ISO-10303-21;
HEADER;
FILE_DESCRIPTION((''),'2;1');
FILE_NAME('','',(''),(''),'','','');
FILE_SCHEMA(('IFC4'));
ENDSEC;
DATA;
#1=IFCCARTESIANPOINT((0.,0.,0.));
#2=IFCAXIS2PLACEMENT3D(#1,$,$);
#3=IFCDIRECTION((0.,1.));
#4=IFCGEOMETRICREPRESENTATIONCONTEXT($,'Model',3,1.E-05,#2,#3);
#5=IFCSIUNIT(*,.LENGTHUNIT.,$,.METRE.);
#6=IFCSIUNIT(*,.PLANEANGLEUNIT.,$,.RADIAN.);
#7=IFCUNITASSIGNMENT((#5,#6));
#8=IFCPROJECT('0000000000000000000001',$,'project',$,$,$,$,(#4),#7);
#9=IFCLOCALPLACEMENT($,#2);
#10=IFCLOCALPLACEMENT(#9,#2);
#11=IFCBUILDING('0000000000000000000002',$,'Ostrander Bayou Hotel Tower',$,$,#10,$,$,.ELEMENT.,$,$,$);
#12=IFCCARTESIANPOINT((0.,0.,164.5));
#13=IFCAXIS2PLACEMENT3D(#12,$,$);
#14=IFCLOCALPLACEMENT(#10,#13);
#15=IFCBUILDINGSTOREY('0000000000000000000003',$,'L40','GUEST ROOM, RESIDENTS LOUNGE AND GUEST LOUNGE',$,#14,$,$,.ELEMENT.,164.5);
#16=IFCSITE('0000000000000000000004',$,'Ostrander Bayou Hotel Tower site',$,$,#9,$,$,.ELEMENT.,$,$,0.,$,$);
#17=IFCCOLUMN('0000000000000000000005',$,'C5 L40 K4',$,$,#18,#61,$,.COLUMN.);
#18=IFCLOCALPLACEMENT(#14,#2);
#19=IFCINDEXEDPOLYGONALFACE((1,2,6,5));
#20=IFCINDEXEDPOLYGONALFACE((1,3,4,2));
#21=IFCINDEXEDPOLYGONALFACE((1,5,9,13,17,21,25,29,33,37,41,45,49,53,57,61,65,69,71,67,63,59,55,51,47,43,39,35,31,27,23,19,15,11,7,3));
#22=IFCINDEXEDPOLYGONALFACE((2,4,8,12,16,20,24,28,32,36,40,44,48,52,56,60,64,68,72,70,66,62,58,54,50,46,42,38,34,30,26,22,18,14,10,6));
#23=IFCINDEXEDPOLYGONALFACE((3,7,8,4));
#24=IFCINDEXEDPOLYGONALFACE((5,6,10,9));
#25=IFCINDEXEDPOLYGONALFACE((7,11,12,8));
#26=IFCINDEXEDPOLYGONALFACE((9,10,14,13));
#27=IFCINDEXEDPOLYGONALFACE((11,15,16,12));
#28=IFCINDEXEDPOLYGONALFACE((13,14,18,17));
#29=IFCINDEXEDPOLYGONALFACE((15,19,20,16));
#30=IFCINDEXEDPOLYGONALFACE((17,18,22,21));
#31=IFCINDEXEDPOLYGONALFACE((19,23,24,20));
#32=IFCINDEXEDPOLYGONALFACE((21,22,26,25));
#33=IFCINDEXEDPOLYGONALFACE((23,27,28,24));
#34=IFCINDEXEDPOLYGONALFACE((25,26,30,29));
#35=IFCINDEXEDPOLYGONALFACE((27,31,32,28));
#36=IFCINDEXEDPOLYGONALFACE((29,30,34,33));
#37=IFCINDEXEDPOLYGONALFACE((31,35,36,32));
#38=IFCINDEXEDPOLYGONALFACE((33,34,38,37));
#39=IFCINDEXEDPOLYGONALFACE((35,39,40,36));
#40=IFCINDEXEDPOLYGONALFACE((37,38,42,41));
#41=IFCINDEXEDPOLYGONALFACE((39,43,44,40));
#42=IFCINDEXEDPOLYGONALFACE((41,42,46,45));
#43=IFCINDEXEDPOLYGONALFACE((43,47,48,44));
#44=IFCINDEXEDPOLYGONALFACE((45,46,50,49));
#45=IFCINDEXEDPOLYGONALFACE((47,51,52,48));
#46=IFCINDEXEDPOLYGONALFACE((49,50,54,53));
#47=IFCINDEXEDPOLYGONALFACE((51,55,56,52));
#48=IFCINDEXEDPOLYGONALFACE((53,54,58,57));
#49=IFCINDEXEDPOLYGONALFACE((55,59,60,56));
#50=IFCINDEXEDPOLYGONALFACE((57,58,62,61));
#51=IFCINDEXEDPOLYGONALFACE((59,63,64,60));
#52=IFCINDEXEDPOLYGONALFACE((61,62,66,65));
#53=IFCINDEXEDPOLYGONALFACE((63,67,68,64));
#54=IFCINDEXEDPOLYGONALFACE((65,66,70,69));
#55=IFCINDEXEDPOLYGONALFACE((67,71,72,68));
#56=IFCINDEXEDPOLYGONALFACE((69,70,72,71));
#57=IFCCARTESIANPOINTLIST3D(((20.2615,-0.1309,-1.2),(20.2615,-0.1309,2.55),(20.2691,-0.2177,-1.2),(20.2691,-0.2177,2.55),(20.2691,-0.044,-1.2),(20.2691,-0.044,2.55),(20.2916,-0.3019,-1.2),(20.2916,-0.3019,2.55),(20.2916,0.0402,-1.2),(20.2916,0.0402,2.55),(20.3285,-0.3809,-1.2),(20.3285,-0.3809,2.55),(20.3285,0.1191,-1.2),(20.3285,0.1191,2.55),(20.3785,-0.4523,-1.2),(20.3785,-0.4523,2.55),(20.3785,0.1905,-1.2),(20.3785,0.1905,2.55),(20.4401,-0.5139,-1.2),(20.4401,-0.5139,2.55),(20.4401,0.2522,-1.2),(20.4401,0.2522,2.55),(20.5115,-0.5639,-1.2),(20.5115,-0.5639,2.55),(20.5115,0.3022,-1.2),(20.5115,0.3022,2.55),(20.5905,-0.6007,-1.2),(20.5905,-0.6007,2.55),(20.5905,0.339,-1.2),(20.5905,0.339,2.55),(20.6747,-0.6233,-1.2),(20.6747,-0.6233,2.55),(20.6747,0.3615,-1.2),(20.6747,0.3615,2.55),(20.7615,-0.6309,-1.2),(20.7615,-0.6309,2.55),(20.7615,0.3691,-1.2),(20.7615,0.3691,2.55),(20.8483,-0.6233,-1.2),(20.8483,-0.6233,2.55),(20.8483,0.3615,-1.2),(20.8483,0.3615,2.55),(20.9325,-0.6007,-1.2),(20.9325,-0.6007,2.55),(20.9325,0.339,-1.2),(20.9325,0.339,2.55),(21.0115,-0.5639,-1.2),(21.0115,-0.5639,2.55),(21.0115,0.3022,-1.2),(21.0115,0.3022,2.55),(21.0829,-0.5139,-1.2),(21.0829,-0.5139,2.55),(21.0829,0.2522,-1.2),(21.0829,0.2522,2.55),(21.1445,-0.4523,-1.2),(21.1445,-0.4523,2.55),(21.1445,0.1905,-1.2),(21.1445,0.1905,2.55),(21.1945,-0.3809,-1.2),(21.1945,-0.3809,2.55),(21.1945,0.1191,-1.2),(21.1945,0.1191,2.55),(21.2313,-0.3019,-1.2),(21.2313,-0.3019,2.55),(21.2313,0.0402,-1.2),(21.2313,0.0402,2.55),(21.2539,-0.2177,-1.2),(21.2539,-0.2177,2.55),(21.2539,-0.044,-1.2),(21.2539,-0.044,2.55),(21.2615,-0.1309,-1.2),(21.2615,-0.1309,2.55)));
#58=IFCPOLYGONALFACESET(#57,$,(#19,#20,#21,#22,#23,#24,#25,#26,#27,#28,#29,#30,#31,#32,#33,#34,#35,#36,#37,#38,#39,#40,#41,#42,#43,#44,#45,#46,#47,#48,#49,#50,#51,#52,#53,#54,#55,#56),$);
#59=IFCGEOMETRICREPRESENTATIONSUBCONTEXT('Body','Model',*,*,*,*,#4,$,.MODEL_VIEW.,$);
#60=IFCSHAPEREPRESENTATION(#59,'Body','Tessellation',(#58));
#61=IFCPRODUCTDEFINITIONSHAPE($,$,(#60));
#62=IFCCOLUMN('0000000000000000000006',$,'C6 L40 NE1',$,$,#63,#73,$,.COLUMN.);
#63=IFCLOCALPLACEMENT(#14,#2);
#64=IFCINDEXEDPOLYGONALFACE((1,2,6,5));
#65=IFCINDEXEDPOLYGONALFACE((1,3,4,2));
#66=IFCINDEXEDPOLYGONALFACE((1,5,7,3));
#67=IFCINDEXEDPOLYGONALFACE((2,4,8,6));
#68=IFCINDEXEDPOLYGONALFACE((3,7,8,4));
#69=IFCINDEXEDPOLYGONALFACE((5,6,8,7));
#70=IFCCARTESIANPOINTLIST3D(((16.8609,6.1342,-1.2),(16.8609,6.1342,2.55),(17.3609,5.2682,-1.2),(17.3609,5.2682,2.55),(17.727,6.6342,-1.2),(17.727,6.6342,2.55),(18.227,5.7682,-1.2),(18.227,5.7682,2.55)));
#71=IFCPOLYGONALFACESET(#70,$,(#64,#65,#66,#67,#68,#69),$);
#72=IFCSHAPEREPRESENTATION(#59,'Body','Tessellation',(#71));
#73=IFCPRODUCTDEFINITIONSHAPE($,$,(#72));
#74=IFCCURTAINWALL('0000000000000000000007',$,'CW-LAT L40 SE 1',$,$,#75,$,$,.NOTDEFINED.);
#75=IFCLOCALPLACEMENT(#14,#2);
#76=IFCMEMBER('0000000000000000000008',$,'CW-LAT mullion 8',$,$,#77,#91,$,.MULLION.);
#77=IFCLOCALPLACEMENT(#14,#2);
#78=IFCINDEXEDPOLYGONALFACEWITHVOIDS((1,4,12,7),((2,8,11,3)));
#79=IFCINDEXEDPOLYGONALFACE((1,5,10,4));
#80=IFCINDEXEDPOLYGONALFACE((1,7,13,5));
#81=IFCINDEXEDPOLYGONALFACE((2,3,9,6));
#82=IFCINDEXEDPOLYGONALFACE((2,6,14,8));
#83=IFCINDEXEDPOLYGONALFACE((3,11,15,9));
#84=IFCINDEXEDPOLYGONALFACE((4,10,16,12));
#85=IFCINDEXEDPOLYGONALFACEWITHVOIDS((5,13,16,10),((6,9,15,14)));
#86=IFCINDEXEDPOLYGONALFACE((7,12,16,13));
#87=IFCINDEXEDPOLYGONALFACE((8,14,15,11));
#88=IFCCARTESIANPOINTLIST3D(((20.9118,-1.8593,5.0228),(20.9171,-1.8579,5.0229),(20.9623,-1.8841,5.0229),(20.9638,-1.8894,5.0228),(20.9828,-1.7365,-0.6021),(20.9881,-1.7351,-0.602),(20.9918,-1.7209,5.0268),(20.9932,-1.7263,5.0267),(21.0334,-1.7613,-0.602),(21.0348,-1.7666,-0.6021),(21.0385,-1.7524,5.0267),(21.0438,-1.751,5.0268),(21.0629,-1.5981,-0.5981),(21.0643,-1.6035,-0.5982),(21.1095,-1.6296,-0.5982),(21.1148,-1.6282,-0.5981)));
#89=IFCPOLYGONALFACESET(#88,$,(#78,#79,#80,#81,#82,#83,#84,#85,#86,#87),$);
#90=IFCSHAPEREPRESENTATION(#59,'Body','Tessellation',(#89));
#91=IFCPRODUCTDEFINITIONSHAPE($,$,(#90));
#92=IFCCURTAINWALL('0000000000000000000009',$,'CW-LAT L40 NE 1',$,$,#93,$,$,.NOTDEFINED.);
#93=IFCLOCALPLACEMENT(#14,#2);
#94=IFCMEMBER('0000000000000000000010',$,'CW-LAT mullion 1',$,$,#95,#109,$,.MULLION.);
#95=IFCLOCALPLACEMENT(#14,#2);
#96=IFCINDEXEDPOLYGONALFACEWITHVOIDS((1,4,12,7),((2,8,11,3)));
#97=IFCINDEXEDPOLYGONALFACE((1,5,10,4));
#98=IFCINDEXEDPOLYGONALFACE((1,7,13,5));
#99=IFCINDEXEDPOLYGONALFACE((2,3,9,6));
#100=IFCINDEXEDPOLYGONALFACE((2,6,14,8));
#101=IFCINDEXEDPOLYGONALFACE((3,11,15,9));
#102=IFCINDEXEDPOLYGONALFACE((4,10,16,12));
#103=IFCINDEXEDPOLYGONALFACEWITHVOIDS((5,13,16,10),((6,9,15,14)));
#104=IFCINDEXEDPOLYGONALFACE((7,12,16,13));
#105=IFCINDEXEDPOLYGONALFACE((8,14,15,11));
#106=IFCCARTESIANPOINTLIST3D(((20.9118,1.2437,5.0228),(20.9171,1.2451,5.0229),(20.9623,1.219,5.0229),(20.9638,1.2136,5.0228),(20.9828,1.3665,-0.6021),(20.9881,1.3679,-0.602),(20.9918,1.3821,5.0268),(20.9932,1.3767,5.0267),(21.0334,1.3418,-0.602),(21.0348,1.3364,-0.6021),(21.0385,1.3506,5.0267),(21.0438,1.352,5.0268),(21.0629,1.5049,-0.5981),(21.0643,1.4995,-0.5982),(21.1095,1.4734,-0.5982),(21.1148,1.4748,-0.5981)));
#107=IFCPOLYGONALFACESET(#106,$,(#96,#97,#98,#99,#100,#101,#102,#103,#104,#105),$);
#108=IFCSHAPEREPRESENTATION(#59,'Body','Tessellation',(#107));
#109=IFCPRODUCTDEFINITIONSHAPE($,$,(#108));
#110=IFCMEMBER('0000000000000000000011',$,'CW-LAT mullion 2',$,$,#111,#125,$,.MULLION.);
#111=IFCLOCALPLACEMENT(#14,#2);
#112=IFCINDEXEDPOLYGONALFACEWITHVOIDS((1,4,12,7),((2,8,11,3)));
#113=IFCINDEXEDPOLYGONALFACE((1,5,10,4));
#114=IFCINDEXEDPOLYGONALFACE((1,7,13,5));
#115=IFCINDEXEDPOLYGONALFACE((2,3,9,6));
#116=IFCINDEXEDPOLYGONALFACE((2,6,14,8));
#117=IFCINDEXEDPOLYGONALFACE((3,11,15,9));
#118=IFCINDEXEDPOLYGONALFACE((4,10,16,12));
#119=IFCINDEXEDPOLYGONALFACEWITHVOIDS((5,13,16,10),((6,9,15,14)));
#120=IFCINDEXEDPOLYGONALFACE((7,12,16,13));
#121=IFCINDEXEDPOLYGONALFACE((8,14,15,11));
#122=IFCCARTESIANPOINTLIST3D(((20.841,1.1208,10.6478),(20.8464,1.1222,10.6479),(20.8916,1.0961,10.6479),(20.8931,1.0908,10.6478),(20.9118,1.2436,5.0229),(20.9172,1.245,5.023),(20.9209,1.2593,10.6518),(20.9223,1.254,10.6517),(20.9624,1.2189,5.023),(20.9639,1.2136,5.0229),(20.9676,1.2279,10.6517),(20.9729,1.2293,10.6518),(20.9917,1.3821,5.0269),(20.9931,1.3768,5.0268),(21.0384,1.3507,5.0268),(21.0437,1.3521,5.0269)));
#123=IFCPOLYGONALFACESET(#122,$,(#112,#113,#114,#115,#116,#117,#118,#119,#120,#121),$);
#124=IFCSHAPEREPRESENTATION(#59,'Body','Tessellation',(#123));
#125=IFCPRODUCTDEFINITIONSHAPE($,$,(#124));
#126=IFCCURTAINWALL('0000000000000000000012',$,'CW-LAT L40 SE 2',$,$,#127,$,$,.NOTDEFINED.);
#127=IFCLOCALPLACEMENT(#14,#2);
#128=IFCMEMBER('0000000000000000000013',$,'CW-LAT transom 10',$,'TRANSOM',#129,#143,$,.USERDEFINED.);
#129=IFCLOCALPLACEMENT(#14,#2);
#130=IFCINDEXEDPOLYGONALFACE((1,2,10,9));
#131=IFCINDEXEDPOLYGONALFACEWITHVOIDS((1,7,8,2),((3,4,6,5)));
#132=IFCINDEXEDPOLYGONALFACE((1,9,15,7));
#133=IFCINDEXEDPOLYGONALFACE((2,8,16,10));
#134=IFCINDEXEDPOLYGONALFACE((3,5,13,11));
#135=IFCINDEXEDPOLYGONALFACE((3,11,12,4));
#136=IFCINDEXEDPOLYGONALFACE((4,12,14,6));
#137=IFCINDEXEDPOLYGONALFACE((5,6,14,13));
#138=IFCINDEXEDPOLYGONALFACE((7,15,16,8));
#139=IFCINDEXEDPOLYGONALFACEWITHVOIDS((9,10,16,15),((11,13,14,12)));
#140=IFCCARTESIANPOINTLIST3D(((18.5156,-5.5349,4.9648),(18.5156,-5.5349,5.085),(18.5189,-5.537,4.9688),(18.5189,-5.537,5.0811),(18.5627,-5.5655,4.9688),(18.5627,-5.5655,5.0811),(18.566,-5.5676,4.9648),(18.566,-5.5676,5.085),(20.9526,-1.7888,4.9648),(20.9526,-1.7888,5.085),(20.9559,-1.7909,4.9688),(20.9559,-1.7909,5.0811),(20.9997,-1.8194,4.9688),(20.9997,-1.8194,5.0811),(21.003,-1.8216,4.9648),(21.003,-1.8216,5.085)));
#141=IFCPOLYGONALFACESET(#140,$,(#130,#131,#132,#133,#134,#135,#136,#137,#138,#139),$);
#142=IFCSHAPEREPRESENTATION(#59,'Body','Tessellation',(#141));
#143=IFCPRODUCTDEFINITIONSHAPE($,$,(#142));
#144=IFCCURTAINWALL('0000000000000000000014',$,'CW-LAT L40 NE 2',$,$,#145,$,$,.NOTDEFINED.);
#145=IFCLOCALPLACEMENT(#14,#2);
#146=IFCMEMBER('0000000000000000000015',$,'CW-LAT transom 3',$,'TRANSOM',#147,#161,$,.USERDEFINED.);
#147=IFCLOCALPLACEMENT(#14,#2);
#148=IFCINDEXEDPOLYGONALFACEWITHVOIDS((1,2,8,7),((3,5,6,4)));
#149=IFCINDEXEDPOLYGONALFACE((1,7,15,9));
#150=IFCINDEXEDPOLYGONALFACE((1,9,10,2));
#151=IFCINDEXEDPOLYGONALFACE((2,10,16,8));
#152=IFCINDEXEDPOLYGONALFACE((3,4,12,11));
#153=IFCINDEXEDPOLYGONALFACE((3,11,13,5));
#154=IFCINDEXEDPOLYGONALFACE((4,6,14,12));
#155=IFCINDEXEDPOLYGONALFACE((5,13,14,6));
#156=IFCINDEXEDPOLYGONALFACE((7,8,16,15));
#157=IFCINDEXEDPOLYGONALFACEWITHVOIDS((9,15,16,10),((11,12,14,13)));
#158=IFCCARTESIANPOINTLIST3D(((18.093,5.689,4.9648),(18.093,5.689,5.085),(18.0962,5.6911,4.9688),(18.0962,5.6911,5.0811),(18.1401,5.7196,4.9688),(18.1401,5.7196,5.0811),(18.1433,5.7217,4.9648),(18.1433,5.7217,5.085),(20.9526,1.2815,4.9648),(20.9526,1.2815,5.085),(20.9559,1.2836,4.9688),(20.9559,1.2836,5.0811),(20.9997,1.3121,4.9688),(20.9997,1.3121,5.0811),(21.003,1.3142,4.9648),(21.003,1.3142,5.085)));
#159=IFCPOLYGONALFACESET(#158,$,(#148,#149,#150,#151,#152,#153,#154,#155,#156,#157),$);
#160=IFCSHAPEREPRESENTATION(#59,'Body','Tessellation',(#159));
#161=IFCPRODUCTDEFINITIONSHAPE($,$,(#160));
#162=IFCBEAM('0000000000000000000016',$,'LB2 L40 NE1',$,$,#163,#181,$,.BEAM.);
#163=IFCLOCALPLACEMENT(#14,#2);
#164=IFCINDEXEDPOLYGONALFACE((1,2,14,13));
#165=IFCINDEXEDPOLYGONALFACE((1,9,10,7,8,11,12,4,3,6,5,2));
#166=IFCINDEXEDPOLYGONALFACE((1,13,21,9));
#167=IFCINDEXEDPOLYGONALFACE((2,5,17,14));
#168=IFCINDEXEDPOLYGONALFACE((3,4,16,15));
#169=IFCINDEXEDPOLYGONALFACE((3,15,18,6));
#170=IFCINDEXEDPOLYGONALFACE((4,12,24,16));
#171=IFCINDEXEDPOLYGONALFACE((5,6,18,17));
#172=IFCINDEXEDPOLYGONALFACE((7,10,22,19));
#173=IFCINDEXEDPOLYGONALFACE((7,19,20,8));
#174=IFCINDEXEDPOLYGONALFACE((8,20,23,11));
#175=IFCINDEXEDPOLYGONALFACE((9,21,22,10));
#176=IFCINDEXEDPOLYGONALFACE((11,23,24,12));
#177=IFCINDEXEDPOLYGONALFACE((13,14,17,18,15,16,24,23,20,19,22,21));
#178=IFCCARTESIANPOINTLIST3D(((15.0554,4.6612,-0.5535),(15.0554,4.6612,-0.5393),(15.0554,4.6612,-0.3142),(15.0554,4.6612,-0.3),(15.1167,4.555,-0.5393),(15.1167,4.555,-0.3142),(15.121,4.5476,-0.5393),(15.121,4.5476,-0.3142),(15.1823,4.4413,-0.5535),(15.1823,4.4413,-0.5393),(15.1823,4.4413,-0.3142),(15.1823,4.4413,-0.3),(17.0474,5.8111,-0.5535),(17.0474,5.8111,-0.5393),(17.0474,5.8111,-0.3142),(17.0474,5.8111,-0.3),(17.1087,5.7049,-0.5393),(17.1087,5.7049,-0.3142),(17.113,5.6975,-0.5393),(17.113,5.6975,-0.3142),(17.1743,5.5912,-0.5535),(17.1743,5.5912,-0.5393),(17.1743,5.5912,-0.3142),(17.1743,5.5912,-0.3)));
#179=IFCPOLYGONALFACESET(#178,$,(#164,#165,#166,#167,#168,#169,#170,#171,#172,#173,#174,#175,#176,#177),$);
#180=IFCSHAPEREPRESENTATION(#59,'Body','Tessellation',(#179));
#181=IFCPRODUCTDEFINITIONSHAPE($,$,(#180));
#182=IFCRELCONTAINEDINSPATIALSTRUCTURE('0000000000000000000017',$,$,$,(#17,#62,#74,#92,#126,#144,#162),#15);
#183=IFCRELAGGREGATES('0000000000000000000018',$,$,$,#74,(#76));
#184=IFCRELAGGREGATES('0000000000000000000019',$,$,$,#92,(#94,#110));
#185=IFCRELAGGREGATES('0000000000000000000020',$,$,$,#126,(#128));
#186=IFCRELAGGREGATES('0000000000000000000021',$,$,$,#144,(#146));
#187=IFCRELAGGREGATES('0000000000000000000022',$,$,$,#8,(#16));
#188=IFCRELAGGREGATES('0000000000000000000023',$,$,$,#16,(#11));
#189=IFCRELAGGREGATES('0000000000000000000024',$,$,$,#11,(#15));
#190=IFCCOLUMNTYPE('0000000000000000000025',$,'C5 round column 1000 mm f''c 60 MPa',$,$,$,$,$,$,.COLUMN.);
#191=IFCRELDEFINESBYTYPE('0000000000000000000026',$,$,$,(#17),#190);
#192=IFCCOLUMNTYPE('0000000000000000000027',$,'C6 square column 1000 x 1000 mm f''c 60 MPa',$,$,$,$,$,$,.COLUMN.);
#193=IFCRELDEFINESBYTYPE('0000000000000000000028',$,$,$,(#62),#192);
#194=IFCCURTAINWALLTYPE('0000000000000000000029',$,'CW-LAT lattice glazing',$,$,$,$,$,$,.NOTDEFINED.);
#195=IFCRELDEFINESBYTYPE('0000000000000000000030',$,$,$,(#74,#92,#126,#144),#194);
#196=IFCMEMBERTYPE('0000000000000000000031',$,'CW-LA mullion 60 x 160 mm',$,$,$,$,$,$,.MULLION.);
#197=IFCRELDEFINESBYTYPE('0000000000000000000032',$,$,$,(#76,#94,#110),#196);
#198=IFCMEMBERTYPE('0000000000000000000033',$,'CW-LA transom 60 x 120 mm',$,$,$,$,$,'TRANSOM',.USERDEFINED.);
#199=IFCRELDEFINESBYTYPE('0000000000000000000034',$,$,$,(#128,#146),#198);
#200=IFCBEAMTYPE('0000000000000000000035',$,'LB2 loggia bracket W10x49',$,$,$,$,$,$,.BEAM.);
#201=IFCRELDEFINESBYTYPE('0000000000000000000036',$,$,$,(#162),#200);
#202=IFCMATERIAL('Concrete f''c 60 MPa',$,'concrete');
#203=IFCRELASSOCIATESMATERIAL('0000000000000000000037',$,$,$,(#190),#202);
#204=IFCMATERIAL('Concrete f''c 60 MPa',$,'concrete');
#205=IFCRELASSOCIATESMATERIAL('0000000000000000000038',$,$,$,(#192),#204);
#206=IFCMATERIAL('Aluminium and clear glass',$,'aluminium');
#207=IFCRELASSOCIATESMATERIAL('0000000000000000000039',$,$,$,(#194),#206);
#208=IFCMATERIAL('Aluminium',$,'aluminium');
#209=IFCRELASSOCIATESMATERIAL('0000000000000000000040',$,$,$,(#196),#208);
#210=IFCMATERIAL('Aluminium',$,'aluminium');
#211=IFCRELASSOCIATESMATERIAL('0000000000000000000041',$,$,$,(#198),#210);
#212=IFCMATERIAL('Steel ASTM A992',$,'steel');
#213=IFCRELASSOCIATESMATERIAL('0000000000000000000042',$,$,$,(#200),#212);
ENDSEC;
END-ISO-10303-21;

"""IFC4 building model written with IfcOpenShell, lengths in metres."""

from ifc_helpers import new_model, si_unit, direction, frame, origin, origin_2d, place, context, subcontext, project, spatial, rectangle, hollow_rectangle, circle, i_section, extrude, material, material_profile, profile_set, type_object, element, aggregate, save


model = new_model("IFC4")

# Units and contexts
model_context = context("Model", 3, precision=1e-05, world=origin(), true_north=direction((0.0, 1.0)))
body_context = subcontext(model_context, "Body", "Model", "MODEL_VIEW")
ifc_project = project(units=[si_unit("LENGTHUNIT", "METRE"), si_unit("PLANEANGLEUNIT", "RADIAN")], contexts=[model_context])

# Site, building, storey
site_placement = place(None, origin())
site = spatial("IfcSite", under=ifc_project, at=site_placement, Name="Ostrander Bayou Hotel Tower site", CompositionType="ELEMENT", RefElevation=0.0)
building_placement = place(site_placement, origin())
building = spatial("IfcBuilding", under=site, at=building_placement, Name="Ostrander Bayou Hotel Tower", CompositionType="ELEMENT")
storey_placement = place(building_placement, frame((0.0, 0.0, 164.5)))
storey = spatial("IfcBuildingStorey", under=building, at=storey_placement, Name="L40", Description="GUEST ROOM, RESIDENTS LOUNGE AND GUEST LOUNGE", CompositionType="ELEMENT", Elevation=164.5)

# Columns
ifc_material_1 = material(Name="Concrete f'c 60 MPa", Category="concrete")
ifc_material_profile_1 = material_profile(ifc_material_1, circle(Radius=0.5, at=origin_2d()))
ifc_profile_set_1 = profile_set([ifc_material_profile_1], Name="Concrete f'c 60 MPa")
column_type_1 = type_object("IfcColumnType", Name="C5 round column 1000 mm f'c 60 MPa", PredefinedType="COLUMN", material=ifc_profile_set_1)
column_1_placement = place(storey_placement, frame((20.7615, -0.1309, -1.2), z_axis=(0.0, 0.0, 1.0), x_axis=(1.0, 0.0, 0.0)))
element("IfcColumn", 1, at=column_1_placement, inside=storey, type_object=column_type_1, Name="C5 L40 K4", PredefinedType="COLUMN", context=body_context, shape_type="SweptSolid", body=[
    extrude(circle(Radius=0.5, at=origin_2d()), origin(), (0.0, 0.0, 1.0), 3.75),
])
ifc_material_2 = material(Name="Concrete f'c 60 MPa", Category="concrete")
ifc_material_profile_2 = material_profile(ifc_material_2, rectangle(XDim=1.0, YDim=1.0, at=origin_2d()))
ifc_profile_set_2 = profile_set([ifc_material_profile_2], Name="Concrete f'c 60 MPa")
column_type_2 = type_object("IfcColumnType", Name="C6 square column 1000 x 1000 mm f'c 60 MPa", PredefinedType="COLUMN", material=ifc_profile_set_2)
column_2_placement = place(storey_placement, frame((17.5439, 5.9512, -1.2), z_axis=(0.0, 0.0, 1.0), x_axis=(0.5, -0.866025, 0.0)))
element("IfcColumn", 2, at=column_2_placement, inside=storey, type_object=column_type_2, Name="C6 L40 NE1", PredefinedType="COLUMN", context=body_context, shape_type="SweptSolid", body=[
    extrude(rectangle(XDim=1.0, YDim=1.0, at=origin_2d()), origin(), (0.0, 0.0, 1.0), 3.75),
])

# Curtain wall, member
ifc_material_3 = material(Name="Aluminium and clear glass", Category="aluminium")
curtain_wall_type = type_object("IfcCurtainWallType", Name="CW-LAT lattice glazing", PredefinedType="NOTDEFINED", material=ifc_material_3)
curtain_wall_1_placement = place(storey_placement, origin())
curtain_wall_1 = element("IfcCurtainWall", 3, at=curtain_wall_1_placement, inside=storey, type_object=curtain_wall_type, Name="CW-LAT L40 SE 1", PredefinedType="NOTDEFINED")
ifc_material_4 = material(Name="Aluminium", Category="aluminium")
ifc_material_profile_3 = material_profile(ifc_material_4, hollow_rectangle(XDim=0.0601, YDim=0.1599, WallThickness=0.0039, at=origin_2d()))
ifc_profile_set_3 = profile_set([ifc_material_profile_3], Name="Aluminium")
member_type_1 = type_object("IfcMemberType", Name="CW-LA mullion 60 x 160 mm", PredefinedType="MULLION", material=ifc_profile_set_3)
member_1_placement = place(storey_placement, frame((21.0488, -1.6824, -0.6001), z_axis=(-0.012626, -0.021825, 0.999682), x_axis=(0.865583, -0.500765, 0.0)))
member_1 = element("IfcMember", 4, at=member_1_placement, type_object=member_type_1, Name="CW-LAT mullion 8", PredefinedType="MULLION", context=body_context, shape_type="SweptSolid", body=[
    extrude(hollow_rectangle(XDim=0.0601, YDim=0.1599, WallThickness=0.0039, at=origin_2d()), origin(), (0.0, 0.0, 1.0), 5.6267),
])
aggregate(curtain_wall_1, [member_1])

# Curtain wall, members
curtain_wall_2_placement = place(storey_placement, origin())
curtain_wall_2 = element("IfcCurtainWall", 5, at=curtain_wall_2_placement, inside=storey, type_object=curtain_wall_type, Name="CW-LAT L40 NE 1", PredefinedType="NOTDEFINED")
member_2_placement = place(storey_placement, frame((21.0488, 1.4207, -0.6001), z_axis=(-0.012626, -0.021825, 0.999682), x_axis=(0.865583, -0.500765, 0.0)))
member_2 = element("IfcMember", 6, at=member_2_placement, type_object=member_type_1, Name="CW-LAT mullion 1", PredefinedType="MULLION", context=body_context, shape_type="SweptSolid", body=[
    extrude(hollow_rectangle(XDim=0.0601, YDim=0.1599, WallThickness=0.0039, at=origin_2d()), origin(), (0.0, 0.0, 1.0), 5.6267),
])
member_3_placement = place(storey_placement, frame((20.9778, 1.2979, 5.0249), z_axis=(-0.012583, -0.021825, 0.999683), x_axis=(0.866329, -0.499474, 0.0)))
member_3 = element("IfcMember", 7, at=member_3_placement, type_object=member_type_1, Name="CW-LAT mullion 2", PredefinedType="MULLION", context=body_context, shape_type="SweptSolid", body=[
    extrude(hollow_rectangle(XDim=0.0601, YDim=0.1599, WallThickness=0.0039, at=origin_2d()), origin(), (0.0, 0.0, 1.0), 5.6267),
])
aggregate(curtain_wall_2, [member_2, member_3])

# Curtain walls, members
curtain_wall_3_placement = place(storey_placement, origin())
curtain_wall_3 = element("IfcCurtainWall", 8, at=curtain_wall_3_placement, inside=storey, type_object=curtain_wall_type, Name="CW-LAT L40 SE 2", PredefinedType="NOTDEFINED")
ifc_material_5 = material(Name="Aluminium", Category="aluminium")
ifc_material_profile_4 = material_profile(ifc_material_5, hollow_rectangle(XDim=0.0601, YDim=0.1201, WallThickness=0.0039, at=origin_2d()))
ifc_profile_set_4 = profile_set([ifc_material_profile_4], Name="Aluminium")
member_type_2 = type_object("IfcMemberType", Name="CW-LA transom 60 x 120 mm", ElementType="TRANSOM", PredefinedType="USERDEFINED", material=ifc_profile_set_4)
member_4_placement = place(storey_placement, frame((20.9778, -1.8052, 5.0249), z_axis=(-0.545311, -0.838234, 0.0), x_axis=(0.838234, -0.545311, 0.0)))
member_4 = element("IfcMember", 9, at=member_4_placement, type_object=member_type_2, Name="CW-LAT transom 10", ObjectType="TRANSOM", PredefinedType="USERDEFINED", context=body_context, shape_type="SweptSolid", body=[
    extrude(hollow_rectangle(XDim=0.0601, YDim=0.1201, WallThickness=0.0039, at=origin_2d()), origin(), (0.0, 0.0, 1.0), 4.469),
])
aggregate(curtain_wall_3, [member_4])
curtain_wall_4_placement = place(storey_placement, origin())
curtain_wall_4 = element("IfcCurtainWall", 10, at=curtain_wall_4_placement, inside=storey, type_object=curtain_wall_type, Name="CW-LAT L40 NE 2", PredefinedType="NOTDEFINED")
member_5_placement = place(storey_placement, frame((20.9778, 1.2979, 5.0249), z_axis=(-0.544287, 0.838899, 0.0), x_axis=(-0.838899, -0.544287, 0.0)))
member_5 = element("IfcMember", 11, at=member_5_placement, type_object=member_type_2, Name="CW-LAT transom 3", ObjectType="TRANSOM", PredefinedType="USERDEFINED", context=body_context, shape_type="SweptSolid", body=[
    extrude(hollow_rectangle(XDim=0.0601, YDim=0.1201, WallThickness=0.0039, at=origin_2d()), origin(), (0.0, 0.0, 1.0), 5.2539),
])
aggregate(curtain_wall_4, [member_5])

# Beam
ifc_material_6 = material(Name="Steel ASTM A992", Category="steel")
ifc_material_profile_5 = material_profile(ifc_material_6, i_section(OverallWidth=0.2539, OverallDepth=0.2534, WebThickness=0.0085, FlangeThickness=0.0142, at=origin_2d()))
ifc_profile_set_5 = profile_set([ifc_material_profile_5], Name="Steel ASTM A992")
beam_type_1 = type_object("IfcBeamType", Name="LB2 loggia bracket W10x49", PredefinedType="BEAM", material=ifc_profile_set_5)
beam_1_placement = place(storey_placement, frame((17.1108, 5.7012, -0.4268), z_axis=(-0.866053, -0.499952, 0.0), x_axis=(0.499952, -0.866053, 0.0)))
element("IfcBeam", 12, at=beam_1_placement, inside=storey, type_object=beam_type_1, Name="LB2 L40 NE1", PredefinedType="BEAM", context=body_context, shape_type="SweptSolid", body=[
    extrude(i_section(OverallWidth=0.2539, OverallDepth=0.2534, WebThickness=0.0085, FlangeThickness=0.0142, at=origin_2d()), origin(), (0.0, 0.0, 1.0), 2.3),
])

save(model, "model.ifc")
